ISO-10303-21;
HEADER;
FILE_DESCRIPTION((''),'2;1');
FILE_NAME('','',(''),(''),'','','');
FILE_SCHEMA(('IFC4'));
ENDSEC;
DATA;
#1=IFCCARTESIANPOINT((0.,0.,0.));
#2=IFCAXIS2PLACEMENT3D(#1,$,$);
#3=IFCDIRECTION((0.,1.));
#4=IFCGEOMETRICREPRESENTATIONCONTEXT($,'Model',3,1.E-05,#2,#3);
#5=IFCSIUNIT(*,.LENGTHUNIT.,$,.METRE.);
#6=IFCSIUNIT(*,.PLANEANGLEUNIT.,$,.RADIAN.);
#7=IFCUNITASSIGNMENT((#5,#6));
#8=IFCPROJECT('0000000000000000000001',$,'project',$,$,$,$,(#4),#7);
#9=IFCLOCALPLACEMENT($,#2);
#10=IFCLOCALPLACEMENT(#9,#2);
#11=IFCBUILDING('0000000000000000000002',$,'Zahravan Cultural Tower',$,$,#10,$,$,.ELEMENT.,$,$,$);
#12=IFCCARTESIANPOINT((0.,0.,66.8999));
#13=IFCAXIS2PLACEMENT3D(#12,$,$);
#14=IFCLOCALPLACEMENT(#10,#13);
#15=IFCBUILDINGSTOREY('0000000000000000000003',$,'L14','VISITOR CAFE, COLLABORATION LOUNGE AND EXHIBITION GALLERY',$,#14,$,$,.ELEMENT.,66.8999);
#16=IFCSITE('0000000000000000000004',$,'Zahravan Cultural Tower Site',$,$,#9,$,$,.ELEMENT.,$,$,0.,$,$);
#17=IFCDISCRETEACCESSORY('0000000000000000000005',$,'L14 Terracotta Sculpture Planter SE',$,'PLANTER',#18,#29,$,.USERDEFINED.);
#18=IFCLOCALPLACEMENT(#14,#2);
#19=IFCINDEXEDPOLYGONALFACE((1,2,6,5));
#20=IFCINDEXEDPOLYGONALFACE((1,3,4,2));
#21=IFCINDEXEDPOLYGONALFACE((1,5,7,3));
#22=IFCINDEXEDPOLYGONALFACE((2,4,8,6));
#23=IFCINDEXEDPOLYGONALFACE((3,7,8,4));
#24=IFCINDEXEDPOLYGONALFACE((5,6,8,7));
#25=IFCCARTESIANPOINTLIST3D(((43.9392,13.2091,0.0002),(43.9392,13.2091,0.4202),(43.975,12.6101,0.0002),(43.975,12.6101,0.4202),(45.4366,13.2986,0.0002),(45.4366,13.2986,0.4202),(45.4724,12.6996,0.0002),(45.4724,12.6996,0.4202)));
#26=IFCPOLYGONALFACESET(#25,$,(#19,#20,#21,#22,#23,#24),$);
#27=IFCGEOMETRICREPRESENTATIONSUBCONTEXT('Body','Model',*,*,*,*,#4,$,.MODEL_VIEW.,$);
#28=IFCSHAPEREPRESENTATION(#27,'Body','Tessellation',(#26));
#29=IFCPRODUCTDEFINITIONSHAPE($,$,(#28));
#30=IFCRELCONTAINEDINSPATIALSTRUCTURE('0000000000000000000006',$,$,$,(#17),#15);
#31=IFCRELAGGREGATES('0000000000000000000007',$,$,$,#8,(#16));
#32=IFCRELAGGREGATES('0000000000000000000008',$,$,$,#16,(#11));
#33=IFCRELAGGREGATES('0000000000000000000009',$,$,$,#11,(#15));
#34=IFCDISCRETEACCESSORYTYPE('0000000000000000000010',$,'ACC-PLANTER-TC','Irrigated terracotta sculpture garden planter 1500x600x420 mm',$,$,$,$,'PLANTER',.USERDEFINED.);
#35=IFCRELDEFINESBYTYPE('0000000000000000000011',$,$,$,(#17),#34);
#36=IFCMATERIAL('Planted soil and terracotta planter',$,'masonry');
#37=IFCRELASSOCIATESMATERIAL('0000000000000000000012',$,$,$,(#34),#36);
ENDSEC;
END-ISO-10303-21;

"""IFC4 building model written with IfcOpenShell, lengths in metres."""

from ifc_helpers import new_model, si_unit, direction, frame, origin, origin_2d, place, context, subcontext, project, spatial, rectangle, extrude, source, transform, mapped, material, type_object, element, save


model = new_model("IFC4")

# Units and contexts
model_context = context("Model", 3, precision=1e-05, world=origin(), true_north=direction((0.0, 1.0)))
body_context = subcontext(model_context, "Body", "Model", "MODEL_VIEW")
ifc_project = project(units=[si_unit("LENGTHUNIT", "METRE"), si_unit("PLANEANGLEUNIT", "RADIAN")], contexts=[model_context])

# Site, building, storey
site_placement = place(None, origin())
site = spatial("IfcSite", under=ifc_project, at=site_placement, Name="Zahravan Cultural Tower Site", CompositionType="ELEMENT", RefElevation=0.0)
building_placement = place(site_placement, origin())
building = spatial("IfcBuilding", under=site, at=building_placement, Name="Zahravan Cultural Tower", CompositionType="ELEMENT")
storey_placement = place(building_placement, frame((0.0, 0.0, 66.8999)))
storey = spatial("IfcBuildingStorey", under=building, at=storey_placement, Name="L14", Description="VISITOR CAFE, COLLABORATION LOUNGE AND EXHIBITION GALLERY", CompositionType="ELEMENT", Elevation=66.8999)

# Discrete accessory
ifc_material_1 = material(Name="Planted soil and terracotta planter", Category="masonry")
discrete_accessory_type = type_object("IfcDiscreteAccessoryType", Name="ACC-PLANTER-TC", Description="Irrigated terracotta sculpture garden planter 1500x600x420 mm", ElementType="PLANTER", PredefinedType="USERDEFINED", material=ifc_material_1)
shared_shape_1 = source(origin(), body_context, "Body", "SweptSolid", [
    extrude(rectangle(XDim=1.5, YDim=0.6001, at=origin_2d()), origin(), (0.0, 0.0, 1.0), 0.4199),
])
discrete_accessory_placement = place(storey_placement, frame((44.7058, 12.9543, 0.0002), z_axis=(0.0, 0.0, 1.0), x_axis=(0.998219, 0.059655, 0.0)))
element("IfcDiscreteAccessory", 1, at=discrete_accessory_placement, inside=storey, type_object=discrete_accessory_type, Name="L14 Terracotta Sculpture Planter SE", ObjectType="PLANTER", PredefinedType="USERDEFINED", context=body_context, shape_type="MappedRepresentation", body=[
    mapped(shared_shape_1, transform((0.0, 0.0, 0.0), x_axis=(1.0, 0.0, 0.0), y_axis=(0.0, 1.0, 0.0), z_axis=(0.0, 0.0, 1.0), scale=1.0)),
])

save(model, "model.ifc")
